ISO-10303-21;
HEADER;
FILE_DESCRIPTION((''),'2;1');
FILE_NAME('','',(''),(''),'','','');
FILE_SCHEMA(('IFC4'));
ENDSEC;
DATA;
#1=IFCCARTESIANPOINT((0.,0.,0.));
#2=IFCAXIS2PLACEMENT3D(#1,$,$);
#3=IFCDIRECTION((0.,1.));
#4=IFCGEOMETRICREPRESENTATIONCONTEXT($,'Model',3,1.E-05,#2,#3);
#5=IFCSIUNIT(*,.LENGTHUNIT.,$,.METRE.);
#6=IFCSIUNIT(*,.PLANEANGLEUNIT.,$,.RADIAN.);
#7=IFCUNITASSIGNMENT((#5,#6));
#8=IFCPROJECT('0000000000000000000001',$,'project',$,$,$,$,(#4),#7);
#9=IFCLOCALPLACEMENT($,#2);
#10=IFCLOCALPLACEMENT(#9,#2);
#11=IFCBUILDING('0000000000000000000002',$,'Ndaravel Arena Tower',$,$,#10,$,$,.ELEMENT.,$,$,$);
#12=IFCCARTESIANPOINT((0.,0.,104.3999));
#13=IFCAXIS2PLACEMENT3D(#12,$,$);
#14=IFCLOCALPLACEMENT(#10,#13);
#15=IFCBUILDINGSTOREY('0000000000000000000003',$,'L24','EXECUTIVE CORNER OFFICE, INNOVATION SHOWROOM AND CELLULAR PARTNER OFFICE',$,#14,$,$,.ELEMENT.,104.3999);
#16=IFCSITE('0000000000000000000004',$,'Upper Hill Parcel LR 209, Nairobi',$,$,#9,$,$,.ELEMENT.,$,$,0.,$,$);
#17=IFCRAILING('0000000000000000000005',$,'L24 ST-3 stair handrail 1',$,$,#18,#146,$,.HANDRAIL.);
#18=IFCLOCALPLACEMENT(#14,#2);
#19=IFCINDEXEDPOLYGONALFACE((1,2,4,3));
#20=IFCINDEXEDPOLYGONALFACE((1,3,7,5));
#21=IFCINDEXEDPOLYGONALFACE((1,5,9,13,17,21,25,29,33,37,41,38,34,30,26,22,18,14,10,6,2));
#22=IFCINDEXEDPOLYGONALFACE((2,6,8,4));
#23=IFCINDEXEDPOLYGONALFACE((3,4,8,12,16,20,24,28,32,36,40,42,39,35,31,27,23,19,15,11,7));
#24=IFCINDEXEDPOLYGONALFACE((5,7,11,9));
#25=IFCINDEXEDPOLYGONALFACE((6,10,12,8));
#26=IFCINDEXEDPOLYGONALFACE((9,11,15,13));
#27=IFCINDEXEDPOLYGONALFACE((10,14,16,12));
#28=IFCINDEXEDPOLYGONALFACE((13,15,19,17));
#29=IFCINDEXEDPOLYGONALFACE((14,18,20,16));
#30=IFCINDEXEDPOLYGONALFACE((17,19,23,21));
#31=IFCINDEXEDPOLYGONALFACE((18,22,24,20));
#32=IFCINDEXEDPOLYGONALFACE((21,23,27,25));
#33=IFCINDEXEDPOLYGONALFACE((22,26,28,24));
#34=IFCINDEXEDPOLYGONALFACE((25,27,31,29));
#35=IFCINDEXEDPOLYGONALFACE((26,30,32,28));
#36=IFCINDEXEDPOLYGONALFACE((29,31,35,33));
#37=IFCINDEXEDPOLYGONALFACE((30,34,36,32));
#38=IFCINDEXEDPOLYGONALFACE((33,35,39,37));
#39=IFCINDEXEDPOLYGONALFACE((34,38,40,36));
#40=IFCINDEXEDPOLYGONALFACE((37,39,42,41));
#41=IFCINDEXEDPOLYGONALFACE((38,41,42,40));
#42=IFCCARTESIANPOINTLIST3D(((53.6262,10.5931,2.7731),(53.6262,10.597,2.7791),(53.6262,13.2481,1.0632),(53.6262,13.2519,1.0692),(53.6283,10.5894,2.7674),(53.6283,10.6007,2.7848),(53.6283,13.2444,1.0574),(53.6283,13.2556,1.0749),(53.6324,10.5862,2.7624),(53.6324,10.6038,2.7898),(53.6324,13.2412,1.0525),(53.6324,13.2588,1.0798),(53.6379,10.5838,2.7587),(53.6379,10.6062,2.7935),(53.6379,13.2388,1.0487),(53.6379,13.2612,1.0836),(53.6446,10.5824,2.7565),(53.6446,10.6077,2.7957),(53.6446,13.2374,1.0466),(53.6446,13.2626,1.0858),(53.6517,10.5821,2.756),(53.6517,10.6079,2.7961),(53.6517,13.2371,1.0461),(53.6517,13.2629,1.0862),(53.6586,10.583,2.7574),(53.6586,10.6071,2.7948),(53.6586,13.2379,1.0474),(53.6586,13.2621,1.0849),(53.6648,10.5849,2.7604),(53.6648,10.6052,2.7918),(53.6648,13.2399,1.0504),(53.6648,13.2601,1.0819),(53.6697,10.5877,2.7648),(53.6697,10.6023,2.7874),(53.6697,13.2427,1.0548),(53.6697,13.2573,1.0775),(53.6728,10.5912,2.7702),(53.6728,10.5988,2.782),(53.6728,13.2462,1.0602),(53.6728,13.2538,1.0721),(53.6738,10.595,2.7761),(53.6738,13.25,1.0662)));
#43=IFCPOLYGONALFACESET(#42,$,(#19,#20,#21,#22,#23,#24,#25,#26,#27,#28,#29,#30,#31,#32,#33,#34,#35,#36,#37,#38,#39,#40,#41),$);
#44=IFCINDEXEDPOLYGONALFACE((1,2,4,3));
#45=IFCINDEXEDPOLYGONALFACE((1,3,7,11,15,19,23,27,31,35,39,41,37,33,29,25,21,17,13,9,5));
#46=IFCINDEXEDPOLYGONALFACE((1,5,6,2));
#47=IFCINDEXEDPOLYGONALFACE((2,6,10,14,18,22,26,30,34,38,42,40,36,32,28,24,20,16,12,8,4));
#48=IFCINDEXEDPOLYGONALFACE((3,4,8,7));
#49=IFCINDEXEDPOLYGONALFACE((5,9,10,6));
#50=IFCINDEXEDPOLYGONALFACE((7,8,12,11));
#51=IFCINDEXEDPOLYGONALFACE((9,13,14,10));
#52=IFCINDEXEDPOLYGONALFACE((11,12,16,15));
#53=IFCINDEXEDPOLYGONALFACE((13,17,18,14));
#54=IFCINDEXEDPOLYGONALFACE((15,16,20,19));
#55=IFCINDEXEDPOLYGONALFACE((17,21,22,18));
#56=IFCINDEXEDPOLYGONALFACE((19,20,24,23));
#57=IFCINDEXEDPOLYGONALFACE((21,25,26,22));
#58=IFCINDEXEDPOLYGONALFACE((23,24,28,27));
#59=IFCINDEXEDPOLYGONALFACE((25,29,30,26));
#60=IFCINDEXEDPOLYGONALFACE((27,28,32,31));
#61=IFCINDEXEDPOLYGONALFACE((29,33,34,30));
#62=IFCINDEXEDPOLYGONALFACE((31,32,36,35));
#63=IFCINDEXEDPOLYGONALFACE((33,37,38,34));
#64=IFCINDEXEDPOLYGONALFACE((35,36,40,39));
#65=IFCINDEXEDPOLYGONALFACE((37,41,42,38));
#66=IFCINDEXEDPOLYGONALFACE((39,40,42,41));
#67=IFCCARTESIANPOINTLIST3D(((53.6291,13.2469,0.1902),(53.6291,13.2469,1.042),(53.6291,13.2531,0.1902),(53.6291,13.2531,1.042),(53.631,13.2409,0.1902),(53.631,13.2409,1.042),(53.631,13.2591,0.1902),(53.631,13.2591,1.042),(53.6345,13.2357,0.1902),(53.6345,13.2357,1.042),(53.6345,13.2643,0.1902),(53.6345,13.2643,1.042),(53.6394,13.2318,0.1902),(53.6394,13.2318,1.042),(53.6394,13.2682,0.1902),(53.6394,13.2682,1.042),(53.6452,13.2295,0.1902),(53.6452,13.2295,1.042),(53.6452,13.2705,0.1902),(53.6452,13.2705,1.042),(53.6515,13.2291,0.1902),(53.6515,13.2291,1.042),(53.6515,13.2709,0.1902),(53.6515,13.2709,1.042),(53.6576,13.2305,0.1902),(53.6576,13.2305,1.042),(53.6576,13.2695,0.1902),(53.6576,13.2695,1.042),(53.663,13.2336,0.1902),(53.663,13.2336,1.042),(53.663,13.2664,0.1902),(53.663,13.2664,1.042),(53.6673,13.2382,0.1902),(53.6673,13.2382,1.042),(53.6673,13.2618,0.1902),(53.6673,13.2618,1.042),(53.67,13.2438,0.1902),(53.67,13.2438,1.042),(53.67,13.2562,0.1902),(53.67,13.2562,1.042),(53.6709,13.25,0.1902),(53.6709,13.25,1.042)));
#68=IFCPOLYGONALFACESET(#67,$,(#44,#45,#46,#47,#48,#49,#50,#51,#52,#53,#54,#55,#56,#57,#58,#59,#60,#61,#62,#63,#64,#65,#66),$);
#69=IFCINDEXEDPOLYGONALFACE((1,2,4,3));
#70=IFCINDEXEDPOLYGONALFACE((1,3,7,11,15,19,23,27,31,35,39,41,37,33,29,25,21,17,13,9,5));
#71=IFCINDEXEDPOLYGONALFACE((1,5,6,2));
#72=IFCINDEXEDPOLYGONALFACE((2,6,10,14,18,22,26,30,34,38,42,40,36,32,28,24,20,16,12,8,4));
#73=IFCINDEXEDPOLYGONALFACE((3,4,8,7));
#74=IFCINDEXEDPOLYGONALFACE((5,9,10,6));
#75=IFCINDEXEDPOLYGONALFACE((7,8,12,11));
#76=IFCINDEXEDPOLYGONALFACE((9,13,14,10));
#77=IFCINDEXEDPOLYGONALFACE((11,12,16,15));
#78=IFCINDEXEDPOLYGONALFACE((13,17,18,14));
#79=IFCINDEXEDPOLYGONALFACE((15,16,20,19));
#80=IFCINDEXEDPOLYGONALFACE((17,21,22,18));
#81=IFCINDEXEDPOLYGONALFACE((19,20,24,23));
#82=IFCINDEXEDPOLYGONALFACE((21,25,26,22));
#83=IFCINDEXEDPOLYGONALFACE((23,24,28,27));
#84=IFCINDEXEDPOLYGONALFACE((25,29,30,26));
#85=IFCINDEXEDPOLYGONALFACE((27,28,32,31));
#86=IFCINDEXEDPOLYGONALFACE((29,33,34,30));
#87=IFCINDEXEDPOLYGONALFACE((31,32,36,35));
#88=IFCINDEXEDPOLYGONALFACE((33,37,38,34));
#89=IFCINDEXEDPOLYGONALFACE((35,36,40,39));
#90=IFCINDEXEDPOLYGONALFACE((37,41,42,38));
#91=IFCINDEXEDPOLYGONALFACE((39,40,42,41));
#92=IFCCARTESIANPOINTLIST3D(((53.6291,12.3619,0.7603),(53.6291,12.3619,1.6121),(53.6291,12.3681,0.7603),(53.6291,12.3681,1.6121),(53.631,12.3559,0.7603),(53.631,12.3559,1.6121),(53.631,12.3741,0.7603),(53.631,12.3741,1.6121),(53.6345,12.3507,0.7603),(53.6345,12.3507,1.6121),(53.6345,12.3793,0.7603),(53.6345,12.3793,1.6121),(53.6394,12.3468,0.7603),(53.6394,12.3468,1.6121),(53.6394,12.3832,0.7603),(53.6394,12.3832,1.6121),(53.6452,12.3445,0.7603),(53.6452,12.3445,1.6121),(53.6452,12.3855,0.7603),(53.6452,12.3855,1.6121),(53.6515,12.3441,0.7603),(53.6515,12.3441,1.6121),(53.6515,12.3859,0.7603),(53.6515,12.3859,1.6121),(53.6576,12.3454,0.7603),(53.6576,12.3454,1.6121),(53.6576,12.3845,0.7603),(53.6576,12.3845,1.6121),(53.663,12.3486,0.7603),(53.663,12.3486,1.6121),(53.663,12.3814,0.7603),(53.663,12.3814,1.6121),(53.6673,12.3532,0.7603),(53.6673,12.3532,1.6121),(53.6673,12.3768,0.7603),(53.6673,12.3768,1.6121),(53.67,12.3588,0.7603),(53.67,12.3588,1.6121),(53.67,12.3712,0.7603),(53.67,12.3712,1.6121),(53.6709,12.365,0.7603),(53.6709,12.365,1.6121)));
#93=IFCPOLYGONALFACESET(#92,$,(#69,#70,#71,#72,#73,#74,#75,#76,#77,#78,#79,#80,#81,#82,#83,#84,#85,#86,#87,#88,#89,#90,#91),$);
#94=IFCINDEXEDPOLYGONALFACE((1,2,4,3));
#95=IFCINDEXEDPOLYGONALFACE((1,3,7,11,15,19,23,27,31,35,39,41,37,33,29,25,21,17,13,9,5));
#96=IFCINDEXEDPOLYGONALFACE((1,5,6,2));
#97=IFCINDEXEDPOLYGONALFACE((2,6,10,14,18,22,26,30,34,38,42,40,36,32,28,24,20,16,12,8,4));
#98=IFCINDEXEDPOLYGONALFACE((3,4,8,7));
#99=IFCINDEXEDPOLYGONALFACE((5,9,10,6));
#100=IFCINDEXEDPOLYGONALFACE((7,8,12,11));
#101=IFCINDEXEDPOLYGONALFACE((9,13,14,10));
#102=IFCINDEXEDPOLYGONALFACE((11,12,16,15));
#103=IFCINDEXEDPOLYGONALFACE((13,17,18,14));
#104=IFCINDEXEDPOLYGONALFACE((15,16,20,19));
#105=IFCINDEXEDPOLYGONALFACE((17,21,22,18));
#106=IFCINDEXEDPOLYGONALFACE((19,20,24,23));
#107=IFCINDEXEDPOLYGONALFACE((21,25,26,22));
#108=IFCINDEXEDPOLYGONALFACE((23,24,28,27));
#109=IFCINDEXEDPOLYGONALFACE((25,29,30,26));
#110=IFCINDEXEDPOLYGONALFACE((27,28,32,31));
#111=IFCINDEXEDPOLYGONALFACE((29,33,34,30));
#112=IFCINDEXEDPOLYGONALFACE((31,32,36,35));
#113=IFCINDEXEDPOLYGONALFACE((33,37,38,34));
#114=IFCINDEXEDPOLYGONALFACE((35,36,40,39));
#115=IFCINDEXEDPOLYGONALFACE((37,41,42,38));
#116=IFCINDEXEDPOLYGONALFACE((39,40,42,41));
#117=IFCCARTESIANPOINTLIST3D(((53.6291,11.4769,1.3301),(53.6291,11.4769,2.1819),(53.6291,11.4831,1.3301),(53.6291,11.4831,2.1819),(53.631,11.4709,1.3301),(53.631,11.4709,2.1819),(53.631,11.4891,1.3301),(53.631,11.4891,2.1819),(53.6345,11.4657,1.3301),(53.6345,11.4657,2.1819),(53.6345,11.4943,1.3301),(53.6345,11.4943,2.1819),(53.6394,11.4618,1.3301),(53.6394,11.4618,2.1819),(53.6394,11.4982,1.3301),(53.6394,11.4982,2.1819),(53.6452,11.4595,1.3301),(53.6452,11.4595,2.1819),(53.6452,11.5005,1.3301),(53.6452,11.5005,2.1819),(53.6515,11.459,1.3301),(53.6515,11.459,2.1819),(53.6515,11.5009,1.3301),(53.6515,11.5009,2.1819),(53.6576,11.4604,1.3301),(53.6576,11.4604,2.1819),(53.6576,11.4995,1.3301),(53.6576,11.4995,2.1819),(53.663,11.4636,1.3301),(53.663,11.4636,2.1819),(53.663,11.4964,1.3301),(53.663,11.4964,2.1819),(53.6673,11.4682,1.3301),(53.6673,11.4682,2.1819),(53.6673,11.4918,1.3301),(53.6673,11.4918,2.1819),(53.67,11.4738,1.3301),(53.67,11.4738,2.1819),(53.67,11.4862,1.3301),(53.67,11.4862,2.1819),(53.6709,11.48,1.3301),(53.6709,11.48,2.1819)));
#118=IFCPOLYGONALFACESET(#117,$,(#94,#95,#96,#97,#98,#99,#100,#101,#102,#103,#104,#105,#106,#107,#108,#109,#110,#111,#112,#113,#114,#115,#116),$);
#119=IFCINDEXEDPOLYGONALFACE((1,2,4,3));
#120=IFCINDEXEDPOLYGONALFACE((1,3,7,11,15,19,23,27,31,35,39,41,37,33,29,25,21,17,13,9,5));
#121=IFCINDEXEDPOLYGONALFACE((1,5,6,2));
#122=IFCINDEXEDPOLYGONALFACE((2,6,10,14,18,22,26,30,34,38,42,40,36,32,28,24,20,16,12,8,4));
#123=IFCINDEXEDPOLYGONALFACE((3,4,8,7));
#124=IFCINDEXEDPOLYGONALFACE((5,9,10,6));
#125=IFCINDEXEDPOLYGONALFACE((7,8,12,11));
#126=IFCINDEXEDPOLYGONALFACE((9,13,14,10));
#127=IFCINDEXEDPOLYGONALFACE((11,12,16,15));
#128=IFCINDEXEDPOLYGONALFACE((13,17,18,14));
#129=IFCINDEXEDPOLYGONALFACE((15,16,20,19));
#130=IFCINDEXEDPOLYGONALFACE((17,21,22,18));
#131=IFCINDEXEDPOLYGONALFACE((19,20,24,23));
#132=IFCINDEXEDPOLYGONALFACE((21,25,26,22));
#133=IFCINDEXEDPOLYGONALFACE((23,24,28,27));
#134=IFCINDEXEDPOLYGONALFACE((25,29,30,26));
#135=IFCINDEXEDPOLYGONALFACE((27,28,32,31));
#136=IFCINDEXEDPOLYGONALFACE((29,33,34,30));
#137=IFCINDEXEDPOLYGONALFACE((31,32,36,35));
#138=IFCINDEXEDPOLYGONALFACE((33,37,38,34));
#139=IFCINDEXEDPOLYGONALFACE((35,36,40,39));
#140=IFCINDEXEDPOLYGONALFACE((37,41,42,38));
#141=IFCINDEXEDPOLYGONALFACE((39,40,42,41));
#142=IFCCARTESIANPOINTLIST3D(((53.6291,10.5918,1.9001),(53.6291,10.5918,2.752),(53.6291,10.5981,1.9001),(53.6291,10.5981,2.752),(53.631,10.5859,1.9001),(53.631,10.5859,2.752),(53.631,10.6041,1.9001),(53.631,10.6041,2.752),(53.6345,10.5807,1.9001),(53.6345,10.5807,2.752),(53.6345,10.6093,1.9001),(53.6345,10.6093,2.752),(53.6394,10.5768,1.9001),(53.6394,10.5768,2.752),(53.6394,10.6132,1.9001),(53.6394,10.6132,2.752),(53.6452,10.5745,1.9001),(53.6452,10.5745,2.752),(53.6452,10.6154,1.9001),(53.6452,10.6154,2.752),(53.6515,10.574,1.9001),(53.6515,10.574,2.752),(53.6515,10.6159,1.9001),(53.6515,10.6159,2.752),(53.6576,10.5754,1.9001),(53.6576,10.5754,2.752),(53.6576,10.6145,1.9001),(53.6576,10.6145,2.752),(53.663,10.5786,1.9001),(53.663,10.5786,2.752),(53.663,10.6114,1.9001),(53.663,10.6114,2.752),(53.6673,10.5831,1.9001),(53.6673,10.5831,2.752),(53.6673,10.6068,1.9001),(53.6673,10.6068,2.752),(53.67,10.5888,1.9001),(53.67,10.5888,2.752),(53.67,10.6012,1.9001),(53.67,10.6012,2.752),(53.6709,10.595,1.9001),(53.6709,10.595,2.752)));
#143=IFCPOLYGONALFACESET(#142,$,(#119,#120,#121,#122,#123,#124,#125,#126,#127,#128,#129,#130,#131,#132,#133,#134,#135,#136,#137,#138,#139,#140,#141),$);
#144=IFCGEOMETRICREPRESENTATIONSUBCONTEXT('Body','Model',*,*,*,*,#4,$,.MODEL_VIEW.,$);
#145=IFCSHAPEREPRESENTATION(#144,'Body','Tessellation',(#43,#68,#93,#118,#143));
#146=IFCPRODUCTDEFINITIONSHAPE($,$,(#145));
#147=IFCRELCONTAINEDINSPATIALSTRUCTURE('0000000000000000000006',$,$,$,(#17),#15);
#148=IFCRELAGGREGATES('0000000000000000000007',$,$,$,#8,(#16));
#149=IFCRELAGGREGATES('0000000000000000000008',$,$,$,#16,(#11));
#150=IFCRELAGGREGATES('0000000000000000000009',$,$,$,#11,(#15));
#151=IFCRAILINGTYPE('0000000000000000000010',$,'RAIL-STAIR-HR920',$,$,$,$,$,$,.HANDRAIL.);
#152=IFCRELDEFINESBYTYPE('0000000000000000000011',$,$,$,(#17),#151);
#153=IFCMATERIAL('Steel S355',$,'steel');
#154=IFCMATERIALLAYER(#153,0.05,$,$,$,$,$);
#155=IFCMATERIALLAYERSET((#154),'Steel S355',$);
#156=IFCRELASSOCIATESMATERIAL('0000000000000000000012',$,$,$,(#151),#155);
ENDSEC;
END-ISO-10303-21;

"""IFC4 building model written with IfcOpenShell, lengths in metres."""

from ifc_helpers import new_model, si_unit, direction, frame, origin, origin_2d, place, context, subcontext, project, spatial, circle, extrude, material, layer, layer_set, type_object, element, save


model = new_model("IFC4")

# Units and contexts
model_context = context("Model", 3, precision=1e-05, world=origin(), true_north=direction((0.0, 1.0)))
body_context = subcontext(model_context, "Body", "Model", "MODEL_VIEW")
ifc_project = project(units=[si_unit("LENGTHUNIT", "METRE"), si_unit("PLANEANGLEUNIT", "RADIAN")], contexts=[model_context])

# Site, building, storey
site_placement = place(None, origin())
site = spatial("IfcSite", under=ifc_project, at=site_placement, Name="Upper Hill Parcel LR 209, Nairobi", CompositionType="ELEMENT", RefElevation=0.0)
building_placement = place(site_placement, origin())
building = spatial("IfcBuilding", under=site, at=building_placement, Name="Ndaravel Arena Tower", CompositionType="ELEMENT")
storey_placement = place(building_placement, frame((0.0, 0.0, 104.3999)))
storey = spatial("IfcBuildingStorey", under=building, at=storey_placement, Name="L24", Description="EXECUTIVE CORNER OFFICE, INNOVATION SHOWROOM AND CELLULAR PARTNER OFFICE", CompositionType="ELEMENT", Elevation=104.3999)

# Railing
ifc_material_1 = material(Name="Steel S355", Category="steel")
ifc_layer_1 = layer(ifc_material_1, 0.05)
ifc_layer_set_1 = layer_set([ifc_layer_1], Name="Steel S355")
railing_type_1 = type_object("IfcRailingType", Name="RAIL-STAIR-HR920", PredefinedType="HANDRAIL", material=ifc_layer_set_1)
railing_1_placement = place(storey_placement, frame((53.6499, 13.25, 0.1902)))
element("IfcRailing", 1, at=railing_1_placement, inside=storey, type_object=railing_type_1, Name="L24 ST-3 stair handrail 1", PredefinedType="HANDRAIL", context=body_context, shape_type="SweptSolid", body=[
    extrude(circle(Radius=0.0239, at=origin_2d()), frame((0.0, 0.0, 0.876), z_axis=(0.0, -0.840724, 0.541465), x_axis=(1.0, 0.0, 0.0)), (0.0, 0.0, 1.0), 3.158),
    extrude(circle(Radius=0.021, at=origin_2d()), origin(), (0.0, 0.0, 1.0), 0.8518),
    extrude(circle(Radius=0.021, at=origin_2d()), frame((0.0, -0.885, 0.5701)), (0.0, 0.0, 1.0), 0.8518),
    extrude(circle(Radius=0.021, at=origin_2d()), frame((0.0, -1.77, 1.1399)), (0.0, 0.0, 1.0), 0.8518),
    extrude(circle(Radius=0.021, at=origin_2d()), frame((0.0, -2.655, 1.71)), (0.0, 0.0, 1.0), 0.8518),
])

save(model, "model.ifc")
